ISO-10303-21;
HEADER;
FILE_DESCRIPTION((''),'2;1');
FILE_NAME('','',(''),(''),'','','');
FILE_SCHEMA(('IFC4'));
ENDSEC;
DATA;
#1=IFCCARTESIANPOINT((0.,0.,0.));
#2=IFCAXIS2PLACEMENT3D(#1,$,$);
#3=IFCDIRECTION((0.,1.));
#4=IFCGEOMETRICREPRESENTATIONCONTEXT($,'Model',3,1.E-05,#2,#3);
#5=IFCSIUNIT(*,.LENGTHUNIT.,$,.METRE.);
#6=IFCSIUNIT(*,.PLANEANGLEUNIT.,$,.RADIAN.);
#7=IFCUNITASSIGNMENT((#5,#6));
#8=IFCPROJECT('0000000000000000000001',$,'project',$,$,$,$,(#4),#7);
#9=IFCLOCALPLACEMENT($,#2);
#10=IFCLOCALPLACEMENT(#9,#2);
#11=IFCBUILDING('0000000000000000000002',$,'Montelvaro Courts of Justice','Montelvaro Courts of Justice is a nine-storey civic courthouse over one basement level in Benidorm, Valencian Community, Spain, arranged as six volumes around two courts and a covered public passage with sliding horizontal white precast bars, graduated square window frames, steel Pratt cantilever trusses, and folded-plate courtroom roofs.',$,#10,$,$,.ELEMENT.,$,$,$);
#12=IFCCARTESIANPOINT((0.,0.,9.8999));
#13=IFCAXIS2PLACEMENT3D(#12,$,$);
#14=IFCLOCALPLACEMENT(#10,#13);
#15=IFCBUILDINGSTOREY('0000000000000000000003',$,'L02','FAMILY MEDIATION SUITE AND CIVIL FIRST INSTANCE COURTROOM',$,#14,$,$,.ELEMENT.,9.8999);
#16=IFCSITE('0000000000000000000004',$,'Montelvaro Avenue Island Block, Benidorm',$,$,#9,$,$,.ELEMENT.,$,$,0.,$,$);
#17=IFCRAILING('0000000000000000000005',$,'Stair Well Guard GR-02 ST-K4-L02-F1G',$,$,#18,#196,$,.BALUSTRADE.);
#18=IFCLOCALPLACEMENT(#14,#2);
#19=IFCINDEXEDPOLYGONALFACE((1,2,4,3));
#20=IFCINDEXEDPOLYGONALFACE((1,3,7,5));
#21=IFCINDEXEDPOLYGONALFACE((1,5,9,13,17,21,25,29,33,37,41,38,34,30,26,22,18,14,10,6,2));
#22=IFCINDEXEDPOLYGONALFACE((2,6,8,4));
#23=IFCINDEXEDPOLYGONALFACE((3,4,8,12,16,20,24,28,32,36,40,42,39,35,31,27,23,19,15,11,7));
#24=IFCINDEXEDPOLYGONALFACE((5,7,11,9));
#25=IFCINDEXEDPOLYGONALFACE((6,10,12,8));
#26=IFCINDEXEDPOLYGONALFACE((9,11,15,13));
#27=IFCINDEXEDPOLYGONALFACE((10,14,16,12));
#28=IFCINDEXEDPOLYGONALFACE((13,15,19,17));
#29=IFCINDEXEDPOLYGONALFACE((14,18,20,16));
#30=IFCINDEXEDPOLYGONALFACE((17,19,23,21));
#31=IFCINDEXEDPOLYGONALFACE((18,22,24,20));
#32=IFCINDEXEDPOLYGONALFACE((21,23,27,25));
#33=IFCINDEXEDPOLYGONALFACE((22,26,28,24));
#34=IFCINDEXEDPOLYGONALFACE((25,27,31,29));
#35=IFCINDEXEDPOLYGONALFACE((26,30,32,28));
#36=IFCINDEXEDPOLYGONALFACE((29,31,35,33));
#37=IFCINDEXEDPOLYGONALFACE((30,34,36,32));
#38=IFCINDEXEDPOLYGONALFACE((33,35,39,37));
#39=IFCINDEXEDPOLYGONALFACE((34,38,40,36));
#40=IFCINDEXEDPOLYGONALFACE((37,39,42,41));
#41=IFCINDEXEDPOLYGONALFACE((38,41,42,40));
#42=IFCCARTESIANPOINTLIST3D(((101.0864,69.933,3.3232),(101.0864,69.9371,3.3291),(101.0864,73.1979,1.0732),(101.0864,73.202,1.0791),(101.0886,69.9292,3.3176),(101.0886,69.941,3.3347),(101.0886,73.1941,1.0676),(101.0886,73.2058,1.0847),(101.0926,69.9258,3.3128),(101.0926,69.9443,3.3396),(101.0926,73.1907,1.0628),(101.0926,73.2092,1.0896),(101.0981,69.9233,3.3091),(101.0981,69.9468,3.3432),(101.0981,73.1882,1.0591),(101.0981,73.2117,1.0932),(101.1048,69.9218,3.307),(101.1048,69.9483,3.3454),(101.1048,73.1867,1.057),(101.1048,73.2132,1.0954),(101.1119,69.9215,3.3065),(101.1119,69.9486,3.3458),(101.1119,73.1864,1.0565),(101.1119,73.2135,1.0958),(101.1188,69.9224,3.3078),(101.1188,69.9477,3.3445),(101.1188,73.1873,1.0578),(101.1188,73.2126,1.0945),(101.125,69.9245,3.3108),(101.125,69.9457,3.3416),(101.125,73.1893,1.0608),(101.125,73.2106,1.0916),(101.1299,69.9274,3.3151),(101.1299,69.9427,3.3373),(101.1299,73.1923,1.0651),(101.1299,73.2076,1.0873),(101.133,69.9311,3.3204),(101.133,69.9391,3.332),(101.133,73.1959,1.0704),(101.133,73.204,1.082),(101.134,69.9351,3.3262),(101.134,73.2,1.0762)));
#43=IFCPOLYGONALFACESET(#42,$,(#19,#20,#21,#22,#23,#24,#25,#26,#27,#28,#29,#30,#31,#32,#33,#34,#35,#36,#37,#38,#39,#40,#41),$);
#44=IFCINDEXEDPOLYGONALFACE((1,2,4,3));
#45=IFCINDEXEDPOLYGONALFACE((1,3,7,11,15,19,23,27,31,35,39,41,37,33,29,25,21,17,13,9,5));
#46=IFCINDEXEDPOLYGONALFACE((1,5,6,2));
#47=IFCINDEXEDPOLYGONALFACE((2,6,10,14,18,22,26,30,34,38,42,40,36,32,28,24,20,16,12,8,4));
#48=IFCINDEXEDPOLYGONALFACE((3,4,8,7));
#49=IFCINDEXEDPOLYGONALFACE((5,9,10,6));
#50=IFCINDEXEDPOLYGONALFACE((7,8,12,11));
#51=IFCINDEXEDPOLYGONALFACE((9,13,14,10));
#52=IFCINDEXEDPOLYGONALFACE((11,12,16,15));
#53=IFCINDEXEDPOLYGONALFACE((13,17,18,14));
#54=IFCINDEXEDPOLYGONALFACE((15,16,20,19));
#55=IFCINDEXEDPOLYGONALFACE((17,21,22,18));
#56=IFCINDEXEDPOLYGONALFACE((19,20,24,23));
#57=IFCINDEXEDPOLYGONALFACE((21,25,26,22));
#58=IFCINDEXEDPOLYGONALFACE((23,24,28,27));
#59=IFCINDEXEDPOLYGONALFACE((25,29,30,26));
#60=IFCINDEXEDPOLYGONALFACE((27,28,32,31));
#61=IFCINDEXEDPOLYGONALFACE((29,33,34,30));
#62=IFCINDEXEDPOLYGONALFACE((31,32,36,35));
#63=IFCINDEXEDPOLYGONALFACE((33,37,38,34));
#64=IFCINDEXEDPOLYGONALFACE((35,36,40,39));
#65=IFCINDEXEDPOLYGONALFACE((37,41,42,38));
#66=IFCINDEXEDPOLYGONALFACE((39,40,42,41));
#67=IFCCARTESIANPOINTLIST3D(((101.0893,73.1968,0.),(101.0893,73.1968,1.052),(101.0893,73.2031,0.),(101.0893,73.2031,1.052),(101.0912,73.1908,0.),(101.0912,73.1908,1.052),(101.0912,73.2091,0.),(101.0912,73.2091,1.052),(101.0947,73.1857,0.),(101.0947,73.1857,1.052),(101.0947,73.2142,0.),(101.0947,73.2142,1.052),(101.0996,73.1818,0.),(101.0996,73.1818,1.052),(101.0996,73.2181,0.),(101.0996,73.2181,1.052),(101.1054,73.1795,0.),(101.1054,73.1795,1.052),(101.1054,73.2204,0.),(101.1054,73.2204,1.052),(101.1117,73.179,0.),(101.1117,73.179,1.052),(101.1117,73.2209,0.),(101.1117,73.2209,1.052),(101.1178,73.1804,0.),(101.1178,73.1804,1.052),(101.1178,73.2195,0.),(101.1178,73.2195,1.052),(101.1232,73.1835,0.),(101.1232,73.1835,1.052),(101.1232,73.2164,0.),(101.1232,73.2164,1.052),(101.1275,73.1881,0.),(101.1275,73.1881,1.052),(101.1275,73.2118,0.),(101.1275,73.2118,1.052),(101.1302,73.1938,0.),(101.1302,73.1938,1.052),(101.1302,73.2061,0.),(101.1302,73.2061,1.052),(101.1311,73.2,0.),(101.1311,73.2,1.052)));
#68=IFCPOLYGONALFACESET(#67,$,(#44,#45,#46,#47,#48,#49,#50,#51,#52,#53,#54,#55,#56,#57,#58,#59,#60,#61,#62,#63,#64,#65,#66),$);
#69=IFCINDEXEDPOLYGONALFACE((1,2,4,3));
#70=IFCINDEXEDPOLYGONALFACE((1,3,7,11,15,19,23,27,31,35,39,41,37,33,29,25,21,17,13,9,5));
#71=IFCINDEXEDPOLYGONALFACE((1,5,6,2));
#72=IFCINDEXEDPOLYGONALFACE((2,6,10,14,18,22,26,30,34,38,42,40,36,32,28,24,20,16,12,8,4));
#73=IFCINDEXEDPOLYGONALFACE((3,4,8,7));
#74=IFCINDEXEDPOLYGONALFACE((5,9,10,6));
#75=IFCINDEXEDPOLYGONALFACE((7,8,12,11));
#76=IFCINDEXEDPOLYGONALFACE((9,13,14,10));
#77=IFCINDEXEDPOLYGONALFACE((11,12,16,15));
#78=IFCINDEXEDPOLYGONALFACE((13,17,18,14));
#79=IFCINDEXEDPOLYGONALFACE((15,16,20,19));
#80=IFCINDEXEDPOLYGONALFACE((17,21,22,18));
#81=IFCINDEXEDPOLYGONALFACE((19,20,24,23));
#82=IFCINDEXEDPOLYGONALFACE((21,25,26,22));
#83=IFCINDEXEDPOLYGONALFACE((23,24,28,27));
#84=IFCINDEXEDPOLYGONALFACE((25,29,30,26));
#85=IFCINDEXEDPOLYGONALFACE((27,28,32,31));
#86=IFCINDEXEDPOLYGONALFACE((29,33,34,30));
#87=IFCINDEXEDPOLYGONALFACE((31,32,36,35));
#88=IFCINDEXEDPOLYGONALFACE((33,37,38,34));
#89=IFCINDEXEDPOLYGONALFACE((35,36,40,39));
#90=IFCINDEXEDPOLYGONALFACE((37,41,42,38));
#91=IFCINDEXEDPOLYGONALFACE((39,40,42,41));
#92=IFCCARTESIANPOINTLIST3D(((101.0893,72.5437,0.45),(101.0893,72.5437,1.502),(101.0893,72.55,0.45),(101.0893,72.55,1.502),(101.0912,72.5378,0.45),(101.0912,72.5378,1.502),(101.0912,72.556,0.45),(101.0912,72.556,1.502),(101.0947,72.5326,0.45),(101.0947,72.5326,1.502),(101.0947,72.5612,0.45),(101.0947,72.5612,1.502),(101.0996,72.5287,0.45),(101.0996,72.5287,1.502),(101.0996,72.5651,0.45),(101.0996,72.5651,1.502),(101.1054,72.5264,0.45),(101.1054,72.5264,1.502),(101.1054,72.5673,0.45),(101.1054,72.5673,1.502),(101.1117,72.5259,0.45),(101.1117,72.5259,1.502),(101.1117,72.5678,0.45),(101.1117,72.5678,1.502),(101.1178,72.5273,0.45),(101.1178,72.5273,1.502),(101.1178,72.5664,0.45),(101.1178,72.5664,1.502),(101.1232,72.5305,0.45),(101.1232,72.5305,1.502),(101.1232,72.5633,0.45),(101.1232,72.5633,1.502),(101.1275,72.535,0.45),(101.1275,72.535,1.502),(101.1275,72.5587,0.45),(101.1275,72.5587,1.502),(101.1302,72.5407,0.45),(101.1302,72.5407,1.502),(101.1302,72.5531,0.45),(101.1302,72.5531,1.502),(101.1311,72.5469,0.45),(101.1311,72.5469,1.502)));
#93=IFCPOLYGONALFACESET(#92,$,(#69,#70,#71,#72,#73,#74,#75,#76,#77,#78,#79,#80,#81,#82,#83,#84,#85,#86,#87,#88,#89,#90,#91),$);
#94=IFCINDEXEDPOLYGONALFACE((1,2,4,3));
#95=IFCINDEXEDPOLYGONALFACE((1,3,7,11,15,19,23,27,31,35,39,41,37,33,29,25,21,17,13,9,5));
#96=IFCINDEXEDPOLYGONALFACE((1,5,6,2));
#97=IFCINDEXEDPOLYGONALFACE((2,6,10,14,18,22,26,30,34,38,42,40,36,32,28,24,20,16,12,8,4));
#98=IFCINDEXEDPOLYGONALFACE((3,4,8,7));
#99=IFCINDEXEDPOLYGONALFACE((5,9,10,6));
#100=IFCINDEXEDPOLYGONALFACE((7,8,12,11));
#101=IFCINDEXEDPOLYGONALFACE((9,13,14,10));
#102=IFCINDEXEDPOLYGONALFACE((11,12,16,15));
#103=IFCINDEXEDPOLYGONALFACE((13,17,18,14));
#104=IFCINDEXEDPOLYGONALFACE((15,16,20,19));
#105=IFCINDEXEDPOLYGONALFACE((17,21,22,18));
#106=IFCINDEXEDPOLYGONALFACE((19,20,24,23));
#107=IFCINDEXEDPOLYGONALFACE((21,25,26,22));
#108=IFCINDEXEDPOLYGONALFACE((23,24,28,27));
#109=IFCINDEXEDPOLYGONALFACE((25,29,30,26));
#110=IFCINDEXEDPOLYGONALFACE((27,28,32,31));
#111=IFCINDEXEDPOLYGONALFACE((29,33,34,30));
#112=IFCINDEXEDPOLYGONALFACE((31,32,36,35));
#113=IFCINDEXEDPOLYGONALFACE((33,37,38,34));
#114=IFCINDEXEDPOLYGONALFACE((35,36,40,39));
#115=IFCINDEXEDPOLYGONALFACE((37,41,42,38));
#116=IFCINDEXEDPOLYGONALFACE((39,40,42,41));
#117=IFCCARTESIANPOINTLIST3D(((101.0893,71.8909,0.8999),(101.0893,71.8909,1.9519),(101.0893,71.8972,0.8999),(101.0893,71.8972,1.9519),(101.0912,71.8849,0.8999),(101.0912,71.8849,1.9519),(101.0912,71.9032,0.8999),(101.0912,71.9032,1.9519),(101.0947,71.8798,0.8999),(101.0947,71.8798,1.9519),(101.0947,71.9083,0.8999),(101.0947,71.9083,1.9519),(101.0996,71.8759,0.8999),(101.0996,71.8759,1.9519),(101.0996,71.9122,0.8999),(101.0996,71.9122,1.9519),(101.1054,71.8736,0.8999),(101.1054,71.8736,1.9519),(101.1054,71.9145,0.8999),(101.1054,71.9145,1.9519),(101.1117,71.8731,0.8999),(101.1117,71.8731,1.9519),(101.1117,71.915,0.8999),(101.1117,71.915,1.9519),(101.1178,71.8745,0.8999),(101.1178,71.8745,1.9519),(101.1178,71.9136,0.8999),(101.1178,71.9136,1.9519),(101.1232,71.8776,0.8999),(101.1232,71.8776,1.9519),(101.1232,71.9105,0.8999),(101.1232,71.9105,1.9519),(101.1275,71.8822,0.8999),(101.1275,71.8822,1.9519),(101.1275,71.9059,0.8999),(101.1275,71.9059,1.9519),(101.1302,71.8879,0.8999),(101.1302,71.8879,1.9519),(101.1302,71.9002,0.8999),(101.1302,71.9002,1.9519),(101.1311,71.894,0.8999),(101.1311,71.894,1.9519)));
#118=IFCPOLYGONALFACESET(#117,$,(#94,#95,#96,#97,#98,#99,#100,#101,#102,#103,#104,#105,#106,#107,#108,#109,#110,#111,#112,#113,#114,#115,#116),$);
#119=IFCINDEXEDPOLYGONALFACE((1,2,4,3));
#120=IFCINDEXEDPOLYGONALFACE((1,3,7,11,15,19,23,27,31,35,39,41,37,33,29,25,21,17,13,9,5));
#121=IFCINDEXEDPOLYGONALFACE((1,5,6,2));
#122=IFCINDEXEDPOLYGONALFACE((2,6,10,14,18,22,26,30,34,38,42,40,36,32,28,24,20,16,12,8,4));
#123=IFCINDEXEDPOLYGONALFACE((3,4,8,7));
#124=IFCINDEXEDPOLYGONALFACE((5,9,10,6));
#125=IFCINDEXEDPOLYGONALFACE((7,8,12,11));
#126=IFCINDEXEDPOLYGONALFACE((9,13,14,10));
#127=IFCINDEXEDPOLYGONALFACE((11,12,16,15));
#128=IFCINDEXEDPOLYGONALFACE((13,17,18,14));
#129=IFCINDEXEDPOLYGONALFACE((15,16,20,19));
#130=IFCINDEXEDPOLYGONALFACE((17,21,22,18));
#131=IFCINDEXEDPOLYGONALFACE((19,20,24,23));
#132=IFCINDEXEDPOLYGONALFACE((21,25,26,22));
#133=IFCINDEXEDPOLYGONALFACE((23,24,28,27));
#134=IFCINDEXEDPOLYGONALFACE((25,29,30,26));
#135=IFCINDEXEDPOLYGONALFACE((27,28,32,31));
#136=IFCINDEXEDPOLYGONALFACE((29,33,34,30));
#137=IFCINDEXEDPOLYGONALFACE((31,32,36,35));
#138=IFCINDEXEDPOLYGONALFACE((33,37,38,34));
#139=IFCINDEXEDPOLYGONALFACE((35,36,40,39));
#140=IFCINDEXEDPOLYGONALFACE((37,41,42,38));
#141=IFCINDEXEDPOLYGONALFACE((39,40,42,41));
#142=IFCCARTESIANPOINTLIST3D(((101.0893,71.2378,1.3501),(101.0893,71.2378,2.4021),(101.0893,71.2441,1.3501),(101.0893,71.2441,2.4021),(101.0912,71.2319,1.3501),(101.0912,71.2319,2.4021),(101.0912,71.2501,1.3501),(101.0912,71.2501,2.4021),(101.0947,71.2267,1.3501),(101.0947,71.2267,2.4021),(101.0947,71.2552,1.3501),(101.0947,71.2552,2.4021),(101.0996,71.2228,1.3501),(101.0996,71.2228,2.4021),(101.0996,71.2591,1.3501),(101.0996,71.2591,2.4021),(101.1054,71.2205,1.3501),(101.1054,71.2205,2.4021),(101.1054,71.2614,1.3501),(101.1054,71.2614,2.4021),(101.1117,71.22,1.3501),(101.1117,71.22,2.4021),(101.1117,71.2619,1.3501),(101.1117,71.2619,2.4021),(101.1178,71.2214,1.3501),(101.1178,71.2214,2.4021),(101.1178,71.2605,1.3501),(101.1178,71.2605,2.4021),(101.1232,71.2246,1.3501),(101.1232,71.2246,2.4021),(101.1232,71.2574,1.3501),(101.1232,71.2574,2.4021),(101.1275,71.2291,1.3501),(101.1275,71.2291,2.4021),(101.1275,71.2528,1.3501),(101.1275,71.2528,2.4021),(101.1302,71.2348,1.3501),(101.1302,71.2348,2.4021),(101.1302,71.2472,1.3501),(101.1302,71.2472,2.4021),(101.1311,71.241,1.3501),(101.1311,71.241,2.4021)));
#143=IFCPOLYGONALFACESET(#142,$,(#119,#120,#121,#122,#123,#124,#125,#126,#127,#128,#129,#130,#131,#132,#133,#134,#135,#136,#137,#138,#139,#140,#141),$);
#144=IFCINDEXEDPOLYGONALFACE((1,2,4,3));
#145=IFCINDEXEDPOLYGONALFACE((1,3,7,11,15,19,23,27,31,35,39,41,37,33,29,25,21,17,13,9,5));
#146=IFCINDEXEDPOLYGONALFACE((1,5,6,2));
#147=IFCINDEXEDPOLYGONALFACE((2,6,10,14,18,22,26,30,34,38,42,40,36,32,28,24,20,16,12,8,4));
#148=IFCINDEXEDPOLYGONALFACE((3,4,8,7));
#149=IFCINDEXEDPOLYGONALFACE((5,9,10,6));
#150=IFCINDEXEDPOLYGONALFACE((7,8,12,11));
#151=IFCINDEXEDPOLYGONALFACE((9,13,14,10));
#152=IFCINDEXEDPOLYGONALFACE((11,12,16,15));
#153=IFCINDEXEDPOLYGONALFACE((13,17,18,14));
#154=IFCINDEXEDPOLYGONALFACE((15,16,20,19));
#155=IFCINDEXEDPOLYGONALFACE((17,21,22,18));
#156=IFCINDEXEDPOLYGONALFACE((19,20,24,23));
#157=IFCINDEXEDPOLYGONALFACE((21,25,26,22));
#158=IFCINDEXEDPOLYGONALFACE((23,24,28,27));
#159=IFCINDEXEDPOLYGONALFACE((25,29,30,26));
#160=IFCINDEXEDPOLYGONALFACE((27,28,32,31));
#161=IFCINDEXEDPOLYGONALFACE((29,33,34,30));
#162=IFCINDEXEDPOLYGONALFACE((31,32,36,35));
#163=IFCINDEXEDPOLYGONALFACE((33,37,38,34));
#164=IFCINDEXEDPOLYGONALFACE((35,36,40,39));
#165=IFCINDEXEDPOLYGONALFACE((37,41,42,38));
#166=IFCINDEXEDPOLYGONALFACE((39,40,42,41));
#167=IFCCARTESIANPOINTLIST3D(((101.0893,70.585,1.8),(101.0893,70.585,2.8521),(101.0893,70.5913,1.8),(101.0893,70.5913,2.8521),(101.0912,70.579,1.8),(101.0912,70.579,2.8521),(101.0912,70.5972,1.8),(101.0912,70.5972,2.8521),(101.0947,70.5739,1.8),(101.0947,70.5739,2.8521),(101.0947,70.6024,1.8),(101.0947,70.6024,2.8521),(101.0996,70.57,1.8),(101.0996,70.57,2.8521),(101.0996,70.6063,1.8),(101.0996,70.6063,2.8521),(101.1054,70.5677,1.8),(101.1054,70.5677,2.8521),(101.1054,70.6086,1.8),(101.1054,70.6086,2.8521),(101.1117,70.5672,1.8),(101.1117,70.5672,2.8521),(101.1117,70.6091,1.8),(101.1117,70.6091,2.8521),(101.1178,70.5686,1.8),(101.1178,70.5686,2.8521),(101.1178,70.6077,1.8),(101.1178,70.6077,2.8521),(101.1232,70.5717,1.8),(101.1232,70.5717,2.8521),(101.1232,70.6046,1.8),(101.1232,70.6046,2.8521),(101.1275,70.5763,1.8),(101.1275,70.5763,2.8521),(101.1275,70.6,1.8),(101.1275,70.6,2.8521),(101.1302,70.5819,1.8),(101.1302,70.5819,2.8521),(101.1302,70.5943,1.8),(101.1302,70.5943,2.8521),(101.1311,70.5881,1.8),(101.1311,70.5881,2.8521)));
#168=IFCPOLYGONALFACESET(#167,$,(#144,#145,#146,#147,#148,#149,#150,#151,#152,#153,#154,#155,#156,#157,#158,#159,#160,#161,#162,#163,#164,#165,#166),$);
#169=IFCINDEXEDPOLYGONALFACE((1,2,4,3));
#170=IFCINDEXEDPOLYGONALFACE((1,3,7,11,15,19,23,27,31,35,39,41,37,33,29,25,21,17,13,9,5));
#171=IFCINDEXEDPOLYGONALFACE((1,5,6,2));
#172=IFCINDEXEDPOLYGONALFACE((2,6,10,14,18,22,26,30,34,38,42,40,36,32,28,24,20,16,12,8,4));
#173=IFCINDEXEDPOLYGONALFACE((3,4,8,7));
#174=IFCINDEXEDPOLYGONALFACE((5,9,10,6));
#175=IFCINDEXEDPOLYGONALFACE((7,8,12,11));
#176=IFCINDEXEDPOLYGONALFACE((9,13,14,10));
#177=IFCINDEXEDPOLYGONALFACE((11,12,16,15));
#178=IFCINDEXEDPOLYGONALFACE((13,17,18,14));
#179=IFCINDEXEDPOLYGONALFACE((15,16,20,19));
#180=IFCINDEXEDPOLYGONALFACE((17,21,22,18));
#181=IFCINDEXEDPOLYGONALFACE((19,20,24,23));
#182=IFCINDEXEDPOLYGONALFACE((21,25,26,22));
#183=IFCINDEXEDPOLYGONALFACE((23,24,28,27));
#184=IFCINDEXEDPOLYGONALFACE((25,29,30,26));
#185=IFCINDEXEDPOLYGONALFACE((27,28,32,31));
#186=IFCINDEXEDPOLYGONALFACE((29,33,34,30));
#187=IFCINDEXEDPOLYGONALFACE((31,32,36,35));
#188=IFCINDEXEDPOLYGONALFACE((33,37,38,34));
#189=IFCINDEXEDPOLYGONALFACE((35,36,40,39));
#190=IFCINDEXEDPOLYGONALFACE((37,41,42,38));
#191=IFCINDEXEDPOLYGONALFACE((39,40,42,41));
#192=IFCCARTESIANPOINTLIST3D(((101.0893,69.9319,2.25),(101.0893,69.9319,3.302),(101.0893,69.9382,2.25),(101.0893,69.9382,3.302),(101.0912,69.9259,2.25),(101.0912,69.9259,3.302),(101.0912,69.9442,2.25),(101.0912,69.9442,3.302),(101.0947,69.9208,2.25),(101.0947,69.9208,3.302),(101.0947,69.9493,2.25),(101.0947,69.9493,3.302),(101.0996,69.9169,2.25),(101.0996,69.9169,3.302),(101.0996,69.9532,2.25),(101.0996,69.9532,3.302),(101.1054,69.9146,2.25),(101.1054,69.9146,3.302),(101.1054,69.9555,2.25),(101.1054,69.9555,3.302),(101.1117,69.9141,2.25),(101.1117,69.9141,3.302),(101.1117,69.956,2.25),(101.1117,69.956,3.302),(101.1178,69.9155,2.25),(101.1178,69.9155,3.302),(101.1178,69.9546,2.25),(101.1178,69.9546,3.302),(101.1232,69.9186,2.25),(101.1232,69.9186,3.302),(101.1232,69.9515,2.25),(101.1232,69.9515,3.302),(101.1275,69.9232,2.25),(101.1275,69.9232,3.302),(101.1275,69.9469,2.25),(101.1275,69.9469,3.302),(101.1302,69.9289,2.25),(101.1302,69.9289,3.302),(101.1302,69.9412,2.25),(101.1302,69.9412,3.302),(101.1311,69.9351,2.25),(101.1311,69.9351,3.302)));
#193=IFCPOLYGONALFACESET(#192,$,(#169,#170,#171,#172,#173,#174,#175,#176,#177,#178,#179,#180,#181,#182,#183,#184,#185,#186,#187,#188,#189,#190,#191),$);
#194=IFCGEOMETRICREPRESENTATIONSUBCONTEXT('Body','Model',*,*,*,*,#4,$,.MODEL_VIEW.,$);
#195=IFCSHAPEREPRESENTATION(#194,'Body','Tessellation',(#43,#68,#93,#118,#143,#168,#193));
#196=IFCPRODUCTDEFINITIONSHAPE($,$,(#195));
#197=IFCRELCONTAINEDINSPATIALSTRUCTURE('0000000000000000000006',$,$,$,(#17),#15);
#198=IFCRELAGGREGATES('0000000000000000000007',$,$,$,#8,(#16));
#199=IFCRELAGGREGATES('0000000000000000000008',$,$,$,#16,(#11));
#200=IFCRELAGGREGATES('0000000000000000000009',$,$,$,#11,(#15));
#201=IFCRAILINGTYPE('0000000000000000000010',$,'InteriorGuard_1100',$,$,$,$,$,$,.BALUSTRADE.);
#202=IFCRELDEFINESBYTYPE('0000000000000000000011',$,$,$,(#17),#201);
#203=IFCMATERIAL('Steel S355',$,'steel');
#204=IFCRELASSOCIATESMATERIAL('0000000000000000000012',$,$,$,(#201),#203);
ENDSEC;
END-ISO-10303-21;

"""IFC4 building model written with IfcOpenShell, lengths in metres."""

from ifc_helpers import new_model, si_unit, direction, frame, origin, origin_2d, place, context, subcontext, project, spatial, circle, extrude, material, type_object, element, save


model = new_model("IFC4")

# Units and contexts
model_context = context("Model", 3, precision=1e-05, world=origin(), true_north=direction((0.0, 1.0)))
body_context = subcontext(model_context, "Body", "Model", "MODEL_VIEW")
ifc_project = project(units=[si_unit("LENGTHUNIT", "METRE"), si_unit("PLANEANGLEUNIT", "RADIAN")], contexts=[model_context])

# Site, building, storey
site_placement = place(None, origin())
site = spatial("IfcSite", under=ifc_project, at=site_placement, Name="Montelvaro Avenue Island Block, Benidorm", CompositionType="ELEMENT", RefElevation=0.0)
building_placement = place(site_placement, origin())
building = spatial("IfcBuilding", under=site, at=building_placement, Name="Montelvaro Courts of Justice", Description="Montelvaro Courts of Justice is a nine-storey civic courthouse over one basement level in Benidorm, Valencian Community, Spain, arranged as six volumes around two courts and a covered public passage with sliding horizontal white precast bars, graduated square window frames, steel Pratt cantilever trusses, and folded-plate courtroom roofs.", CompositionType="ELEMENT")
storey_placement = place(building_placement, frame((0.0, 0.0, 9.8999)))
storey = spatial("IfcBuildingStorey", under=building, at=storey_placement, Name="L02", Description="FAMILY MEDIATION SUITE AND CIVIL FIRST INSTANCE COURTROOM", CompositionType="ELEMENT", Elevation=9.8999)

# Shared definitions
ifc_material_1 = material(Name="Steel S355", Category="steel")

# Railing
railing_type_1 = type_object("IfcRailingType", Name="InteriorGuard_1100", PredefinedType="BALUSTRADE", material=ifc_material_1)
railing_1_placement = place(storey_placement, frame((101.1101, 73.2, 0.0)))
element("IfcRailing", 1, at=railing_1_placement, inside=storey, type_object=railing_type_1, Name="Stair Well Guard GR-02 ST-K4-L02-F1G", PredefinedType="BALUSTRADE", context=body_context, shape_type="SweptSolid", body=[
    extrude(circle(Radius=0.0239, at=origin_2d()), frame((0.0, 0.0, 1.0762), z_axis=(0.0, -0.823407, 0.567451), x_axis=(1.0, 0.0, 0.0)), (0.0, 0.0, 1.0), 3.9651),
    extrude(circle(Radius=0.021, at=origin_2d()), origin(), (0.0, 0.0, 1.0), 1.052),
    extrude(circle(Radius=0.021, at=origin_2d()), frame((0.0, -0.6531, 0.45)), (0.0, 0.0, 1.0), 1.052),
    extrude(circle(Radius=0.021, at=origin_2d()), frame((0.0, -1.3059, 0.8999)), (0.0, 0.0, 1.0), 1.052),
    extrude(circle(Radius=0.021, at=origin_2d()), frame((0.0, -1.959, 1.3501)), (0.0, 0.0, 1.0), 1.052),
    extrude(circle(Radius=0.021, at=origin_2d()), frame((0.0, -2.6118, 1.8)), (0.0, 0.0, 1.0), 1.052),
    extrude(circle(Radius=0.021, at=origin_2d()), frame((0.0, -3.2649, 2.25)), (0.0, 0.0, 1.0), 1.052),
])

save(model, "model.ifc")
